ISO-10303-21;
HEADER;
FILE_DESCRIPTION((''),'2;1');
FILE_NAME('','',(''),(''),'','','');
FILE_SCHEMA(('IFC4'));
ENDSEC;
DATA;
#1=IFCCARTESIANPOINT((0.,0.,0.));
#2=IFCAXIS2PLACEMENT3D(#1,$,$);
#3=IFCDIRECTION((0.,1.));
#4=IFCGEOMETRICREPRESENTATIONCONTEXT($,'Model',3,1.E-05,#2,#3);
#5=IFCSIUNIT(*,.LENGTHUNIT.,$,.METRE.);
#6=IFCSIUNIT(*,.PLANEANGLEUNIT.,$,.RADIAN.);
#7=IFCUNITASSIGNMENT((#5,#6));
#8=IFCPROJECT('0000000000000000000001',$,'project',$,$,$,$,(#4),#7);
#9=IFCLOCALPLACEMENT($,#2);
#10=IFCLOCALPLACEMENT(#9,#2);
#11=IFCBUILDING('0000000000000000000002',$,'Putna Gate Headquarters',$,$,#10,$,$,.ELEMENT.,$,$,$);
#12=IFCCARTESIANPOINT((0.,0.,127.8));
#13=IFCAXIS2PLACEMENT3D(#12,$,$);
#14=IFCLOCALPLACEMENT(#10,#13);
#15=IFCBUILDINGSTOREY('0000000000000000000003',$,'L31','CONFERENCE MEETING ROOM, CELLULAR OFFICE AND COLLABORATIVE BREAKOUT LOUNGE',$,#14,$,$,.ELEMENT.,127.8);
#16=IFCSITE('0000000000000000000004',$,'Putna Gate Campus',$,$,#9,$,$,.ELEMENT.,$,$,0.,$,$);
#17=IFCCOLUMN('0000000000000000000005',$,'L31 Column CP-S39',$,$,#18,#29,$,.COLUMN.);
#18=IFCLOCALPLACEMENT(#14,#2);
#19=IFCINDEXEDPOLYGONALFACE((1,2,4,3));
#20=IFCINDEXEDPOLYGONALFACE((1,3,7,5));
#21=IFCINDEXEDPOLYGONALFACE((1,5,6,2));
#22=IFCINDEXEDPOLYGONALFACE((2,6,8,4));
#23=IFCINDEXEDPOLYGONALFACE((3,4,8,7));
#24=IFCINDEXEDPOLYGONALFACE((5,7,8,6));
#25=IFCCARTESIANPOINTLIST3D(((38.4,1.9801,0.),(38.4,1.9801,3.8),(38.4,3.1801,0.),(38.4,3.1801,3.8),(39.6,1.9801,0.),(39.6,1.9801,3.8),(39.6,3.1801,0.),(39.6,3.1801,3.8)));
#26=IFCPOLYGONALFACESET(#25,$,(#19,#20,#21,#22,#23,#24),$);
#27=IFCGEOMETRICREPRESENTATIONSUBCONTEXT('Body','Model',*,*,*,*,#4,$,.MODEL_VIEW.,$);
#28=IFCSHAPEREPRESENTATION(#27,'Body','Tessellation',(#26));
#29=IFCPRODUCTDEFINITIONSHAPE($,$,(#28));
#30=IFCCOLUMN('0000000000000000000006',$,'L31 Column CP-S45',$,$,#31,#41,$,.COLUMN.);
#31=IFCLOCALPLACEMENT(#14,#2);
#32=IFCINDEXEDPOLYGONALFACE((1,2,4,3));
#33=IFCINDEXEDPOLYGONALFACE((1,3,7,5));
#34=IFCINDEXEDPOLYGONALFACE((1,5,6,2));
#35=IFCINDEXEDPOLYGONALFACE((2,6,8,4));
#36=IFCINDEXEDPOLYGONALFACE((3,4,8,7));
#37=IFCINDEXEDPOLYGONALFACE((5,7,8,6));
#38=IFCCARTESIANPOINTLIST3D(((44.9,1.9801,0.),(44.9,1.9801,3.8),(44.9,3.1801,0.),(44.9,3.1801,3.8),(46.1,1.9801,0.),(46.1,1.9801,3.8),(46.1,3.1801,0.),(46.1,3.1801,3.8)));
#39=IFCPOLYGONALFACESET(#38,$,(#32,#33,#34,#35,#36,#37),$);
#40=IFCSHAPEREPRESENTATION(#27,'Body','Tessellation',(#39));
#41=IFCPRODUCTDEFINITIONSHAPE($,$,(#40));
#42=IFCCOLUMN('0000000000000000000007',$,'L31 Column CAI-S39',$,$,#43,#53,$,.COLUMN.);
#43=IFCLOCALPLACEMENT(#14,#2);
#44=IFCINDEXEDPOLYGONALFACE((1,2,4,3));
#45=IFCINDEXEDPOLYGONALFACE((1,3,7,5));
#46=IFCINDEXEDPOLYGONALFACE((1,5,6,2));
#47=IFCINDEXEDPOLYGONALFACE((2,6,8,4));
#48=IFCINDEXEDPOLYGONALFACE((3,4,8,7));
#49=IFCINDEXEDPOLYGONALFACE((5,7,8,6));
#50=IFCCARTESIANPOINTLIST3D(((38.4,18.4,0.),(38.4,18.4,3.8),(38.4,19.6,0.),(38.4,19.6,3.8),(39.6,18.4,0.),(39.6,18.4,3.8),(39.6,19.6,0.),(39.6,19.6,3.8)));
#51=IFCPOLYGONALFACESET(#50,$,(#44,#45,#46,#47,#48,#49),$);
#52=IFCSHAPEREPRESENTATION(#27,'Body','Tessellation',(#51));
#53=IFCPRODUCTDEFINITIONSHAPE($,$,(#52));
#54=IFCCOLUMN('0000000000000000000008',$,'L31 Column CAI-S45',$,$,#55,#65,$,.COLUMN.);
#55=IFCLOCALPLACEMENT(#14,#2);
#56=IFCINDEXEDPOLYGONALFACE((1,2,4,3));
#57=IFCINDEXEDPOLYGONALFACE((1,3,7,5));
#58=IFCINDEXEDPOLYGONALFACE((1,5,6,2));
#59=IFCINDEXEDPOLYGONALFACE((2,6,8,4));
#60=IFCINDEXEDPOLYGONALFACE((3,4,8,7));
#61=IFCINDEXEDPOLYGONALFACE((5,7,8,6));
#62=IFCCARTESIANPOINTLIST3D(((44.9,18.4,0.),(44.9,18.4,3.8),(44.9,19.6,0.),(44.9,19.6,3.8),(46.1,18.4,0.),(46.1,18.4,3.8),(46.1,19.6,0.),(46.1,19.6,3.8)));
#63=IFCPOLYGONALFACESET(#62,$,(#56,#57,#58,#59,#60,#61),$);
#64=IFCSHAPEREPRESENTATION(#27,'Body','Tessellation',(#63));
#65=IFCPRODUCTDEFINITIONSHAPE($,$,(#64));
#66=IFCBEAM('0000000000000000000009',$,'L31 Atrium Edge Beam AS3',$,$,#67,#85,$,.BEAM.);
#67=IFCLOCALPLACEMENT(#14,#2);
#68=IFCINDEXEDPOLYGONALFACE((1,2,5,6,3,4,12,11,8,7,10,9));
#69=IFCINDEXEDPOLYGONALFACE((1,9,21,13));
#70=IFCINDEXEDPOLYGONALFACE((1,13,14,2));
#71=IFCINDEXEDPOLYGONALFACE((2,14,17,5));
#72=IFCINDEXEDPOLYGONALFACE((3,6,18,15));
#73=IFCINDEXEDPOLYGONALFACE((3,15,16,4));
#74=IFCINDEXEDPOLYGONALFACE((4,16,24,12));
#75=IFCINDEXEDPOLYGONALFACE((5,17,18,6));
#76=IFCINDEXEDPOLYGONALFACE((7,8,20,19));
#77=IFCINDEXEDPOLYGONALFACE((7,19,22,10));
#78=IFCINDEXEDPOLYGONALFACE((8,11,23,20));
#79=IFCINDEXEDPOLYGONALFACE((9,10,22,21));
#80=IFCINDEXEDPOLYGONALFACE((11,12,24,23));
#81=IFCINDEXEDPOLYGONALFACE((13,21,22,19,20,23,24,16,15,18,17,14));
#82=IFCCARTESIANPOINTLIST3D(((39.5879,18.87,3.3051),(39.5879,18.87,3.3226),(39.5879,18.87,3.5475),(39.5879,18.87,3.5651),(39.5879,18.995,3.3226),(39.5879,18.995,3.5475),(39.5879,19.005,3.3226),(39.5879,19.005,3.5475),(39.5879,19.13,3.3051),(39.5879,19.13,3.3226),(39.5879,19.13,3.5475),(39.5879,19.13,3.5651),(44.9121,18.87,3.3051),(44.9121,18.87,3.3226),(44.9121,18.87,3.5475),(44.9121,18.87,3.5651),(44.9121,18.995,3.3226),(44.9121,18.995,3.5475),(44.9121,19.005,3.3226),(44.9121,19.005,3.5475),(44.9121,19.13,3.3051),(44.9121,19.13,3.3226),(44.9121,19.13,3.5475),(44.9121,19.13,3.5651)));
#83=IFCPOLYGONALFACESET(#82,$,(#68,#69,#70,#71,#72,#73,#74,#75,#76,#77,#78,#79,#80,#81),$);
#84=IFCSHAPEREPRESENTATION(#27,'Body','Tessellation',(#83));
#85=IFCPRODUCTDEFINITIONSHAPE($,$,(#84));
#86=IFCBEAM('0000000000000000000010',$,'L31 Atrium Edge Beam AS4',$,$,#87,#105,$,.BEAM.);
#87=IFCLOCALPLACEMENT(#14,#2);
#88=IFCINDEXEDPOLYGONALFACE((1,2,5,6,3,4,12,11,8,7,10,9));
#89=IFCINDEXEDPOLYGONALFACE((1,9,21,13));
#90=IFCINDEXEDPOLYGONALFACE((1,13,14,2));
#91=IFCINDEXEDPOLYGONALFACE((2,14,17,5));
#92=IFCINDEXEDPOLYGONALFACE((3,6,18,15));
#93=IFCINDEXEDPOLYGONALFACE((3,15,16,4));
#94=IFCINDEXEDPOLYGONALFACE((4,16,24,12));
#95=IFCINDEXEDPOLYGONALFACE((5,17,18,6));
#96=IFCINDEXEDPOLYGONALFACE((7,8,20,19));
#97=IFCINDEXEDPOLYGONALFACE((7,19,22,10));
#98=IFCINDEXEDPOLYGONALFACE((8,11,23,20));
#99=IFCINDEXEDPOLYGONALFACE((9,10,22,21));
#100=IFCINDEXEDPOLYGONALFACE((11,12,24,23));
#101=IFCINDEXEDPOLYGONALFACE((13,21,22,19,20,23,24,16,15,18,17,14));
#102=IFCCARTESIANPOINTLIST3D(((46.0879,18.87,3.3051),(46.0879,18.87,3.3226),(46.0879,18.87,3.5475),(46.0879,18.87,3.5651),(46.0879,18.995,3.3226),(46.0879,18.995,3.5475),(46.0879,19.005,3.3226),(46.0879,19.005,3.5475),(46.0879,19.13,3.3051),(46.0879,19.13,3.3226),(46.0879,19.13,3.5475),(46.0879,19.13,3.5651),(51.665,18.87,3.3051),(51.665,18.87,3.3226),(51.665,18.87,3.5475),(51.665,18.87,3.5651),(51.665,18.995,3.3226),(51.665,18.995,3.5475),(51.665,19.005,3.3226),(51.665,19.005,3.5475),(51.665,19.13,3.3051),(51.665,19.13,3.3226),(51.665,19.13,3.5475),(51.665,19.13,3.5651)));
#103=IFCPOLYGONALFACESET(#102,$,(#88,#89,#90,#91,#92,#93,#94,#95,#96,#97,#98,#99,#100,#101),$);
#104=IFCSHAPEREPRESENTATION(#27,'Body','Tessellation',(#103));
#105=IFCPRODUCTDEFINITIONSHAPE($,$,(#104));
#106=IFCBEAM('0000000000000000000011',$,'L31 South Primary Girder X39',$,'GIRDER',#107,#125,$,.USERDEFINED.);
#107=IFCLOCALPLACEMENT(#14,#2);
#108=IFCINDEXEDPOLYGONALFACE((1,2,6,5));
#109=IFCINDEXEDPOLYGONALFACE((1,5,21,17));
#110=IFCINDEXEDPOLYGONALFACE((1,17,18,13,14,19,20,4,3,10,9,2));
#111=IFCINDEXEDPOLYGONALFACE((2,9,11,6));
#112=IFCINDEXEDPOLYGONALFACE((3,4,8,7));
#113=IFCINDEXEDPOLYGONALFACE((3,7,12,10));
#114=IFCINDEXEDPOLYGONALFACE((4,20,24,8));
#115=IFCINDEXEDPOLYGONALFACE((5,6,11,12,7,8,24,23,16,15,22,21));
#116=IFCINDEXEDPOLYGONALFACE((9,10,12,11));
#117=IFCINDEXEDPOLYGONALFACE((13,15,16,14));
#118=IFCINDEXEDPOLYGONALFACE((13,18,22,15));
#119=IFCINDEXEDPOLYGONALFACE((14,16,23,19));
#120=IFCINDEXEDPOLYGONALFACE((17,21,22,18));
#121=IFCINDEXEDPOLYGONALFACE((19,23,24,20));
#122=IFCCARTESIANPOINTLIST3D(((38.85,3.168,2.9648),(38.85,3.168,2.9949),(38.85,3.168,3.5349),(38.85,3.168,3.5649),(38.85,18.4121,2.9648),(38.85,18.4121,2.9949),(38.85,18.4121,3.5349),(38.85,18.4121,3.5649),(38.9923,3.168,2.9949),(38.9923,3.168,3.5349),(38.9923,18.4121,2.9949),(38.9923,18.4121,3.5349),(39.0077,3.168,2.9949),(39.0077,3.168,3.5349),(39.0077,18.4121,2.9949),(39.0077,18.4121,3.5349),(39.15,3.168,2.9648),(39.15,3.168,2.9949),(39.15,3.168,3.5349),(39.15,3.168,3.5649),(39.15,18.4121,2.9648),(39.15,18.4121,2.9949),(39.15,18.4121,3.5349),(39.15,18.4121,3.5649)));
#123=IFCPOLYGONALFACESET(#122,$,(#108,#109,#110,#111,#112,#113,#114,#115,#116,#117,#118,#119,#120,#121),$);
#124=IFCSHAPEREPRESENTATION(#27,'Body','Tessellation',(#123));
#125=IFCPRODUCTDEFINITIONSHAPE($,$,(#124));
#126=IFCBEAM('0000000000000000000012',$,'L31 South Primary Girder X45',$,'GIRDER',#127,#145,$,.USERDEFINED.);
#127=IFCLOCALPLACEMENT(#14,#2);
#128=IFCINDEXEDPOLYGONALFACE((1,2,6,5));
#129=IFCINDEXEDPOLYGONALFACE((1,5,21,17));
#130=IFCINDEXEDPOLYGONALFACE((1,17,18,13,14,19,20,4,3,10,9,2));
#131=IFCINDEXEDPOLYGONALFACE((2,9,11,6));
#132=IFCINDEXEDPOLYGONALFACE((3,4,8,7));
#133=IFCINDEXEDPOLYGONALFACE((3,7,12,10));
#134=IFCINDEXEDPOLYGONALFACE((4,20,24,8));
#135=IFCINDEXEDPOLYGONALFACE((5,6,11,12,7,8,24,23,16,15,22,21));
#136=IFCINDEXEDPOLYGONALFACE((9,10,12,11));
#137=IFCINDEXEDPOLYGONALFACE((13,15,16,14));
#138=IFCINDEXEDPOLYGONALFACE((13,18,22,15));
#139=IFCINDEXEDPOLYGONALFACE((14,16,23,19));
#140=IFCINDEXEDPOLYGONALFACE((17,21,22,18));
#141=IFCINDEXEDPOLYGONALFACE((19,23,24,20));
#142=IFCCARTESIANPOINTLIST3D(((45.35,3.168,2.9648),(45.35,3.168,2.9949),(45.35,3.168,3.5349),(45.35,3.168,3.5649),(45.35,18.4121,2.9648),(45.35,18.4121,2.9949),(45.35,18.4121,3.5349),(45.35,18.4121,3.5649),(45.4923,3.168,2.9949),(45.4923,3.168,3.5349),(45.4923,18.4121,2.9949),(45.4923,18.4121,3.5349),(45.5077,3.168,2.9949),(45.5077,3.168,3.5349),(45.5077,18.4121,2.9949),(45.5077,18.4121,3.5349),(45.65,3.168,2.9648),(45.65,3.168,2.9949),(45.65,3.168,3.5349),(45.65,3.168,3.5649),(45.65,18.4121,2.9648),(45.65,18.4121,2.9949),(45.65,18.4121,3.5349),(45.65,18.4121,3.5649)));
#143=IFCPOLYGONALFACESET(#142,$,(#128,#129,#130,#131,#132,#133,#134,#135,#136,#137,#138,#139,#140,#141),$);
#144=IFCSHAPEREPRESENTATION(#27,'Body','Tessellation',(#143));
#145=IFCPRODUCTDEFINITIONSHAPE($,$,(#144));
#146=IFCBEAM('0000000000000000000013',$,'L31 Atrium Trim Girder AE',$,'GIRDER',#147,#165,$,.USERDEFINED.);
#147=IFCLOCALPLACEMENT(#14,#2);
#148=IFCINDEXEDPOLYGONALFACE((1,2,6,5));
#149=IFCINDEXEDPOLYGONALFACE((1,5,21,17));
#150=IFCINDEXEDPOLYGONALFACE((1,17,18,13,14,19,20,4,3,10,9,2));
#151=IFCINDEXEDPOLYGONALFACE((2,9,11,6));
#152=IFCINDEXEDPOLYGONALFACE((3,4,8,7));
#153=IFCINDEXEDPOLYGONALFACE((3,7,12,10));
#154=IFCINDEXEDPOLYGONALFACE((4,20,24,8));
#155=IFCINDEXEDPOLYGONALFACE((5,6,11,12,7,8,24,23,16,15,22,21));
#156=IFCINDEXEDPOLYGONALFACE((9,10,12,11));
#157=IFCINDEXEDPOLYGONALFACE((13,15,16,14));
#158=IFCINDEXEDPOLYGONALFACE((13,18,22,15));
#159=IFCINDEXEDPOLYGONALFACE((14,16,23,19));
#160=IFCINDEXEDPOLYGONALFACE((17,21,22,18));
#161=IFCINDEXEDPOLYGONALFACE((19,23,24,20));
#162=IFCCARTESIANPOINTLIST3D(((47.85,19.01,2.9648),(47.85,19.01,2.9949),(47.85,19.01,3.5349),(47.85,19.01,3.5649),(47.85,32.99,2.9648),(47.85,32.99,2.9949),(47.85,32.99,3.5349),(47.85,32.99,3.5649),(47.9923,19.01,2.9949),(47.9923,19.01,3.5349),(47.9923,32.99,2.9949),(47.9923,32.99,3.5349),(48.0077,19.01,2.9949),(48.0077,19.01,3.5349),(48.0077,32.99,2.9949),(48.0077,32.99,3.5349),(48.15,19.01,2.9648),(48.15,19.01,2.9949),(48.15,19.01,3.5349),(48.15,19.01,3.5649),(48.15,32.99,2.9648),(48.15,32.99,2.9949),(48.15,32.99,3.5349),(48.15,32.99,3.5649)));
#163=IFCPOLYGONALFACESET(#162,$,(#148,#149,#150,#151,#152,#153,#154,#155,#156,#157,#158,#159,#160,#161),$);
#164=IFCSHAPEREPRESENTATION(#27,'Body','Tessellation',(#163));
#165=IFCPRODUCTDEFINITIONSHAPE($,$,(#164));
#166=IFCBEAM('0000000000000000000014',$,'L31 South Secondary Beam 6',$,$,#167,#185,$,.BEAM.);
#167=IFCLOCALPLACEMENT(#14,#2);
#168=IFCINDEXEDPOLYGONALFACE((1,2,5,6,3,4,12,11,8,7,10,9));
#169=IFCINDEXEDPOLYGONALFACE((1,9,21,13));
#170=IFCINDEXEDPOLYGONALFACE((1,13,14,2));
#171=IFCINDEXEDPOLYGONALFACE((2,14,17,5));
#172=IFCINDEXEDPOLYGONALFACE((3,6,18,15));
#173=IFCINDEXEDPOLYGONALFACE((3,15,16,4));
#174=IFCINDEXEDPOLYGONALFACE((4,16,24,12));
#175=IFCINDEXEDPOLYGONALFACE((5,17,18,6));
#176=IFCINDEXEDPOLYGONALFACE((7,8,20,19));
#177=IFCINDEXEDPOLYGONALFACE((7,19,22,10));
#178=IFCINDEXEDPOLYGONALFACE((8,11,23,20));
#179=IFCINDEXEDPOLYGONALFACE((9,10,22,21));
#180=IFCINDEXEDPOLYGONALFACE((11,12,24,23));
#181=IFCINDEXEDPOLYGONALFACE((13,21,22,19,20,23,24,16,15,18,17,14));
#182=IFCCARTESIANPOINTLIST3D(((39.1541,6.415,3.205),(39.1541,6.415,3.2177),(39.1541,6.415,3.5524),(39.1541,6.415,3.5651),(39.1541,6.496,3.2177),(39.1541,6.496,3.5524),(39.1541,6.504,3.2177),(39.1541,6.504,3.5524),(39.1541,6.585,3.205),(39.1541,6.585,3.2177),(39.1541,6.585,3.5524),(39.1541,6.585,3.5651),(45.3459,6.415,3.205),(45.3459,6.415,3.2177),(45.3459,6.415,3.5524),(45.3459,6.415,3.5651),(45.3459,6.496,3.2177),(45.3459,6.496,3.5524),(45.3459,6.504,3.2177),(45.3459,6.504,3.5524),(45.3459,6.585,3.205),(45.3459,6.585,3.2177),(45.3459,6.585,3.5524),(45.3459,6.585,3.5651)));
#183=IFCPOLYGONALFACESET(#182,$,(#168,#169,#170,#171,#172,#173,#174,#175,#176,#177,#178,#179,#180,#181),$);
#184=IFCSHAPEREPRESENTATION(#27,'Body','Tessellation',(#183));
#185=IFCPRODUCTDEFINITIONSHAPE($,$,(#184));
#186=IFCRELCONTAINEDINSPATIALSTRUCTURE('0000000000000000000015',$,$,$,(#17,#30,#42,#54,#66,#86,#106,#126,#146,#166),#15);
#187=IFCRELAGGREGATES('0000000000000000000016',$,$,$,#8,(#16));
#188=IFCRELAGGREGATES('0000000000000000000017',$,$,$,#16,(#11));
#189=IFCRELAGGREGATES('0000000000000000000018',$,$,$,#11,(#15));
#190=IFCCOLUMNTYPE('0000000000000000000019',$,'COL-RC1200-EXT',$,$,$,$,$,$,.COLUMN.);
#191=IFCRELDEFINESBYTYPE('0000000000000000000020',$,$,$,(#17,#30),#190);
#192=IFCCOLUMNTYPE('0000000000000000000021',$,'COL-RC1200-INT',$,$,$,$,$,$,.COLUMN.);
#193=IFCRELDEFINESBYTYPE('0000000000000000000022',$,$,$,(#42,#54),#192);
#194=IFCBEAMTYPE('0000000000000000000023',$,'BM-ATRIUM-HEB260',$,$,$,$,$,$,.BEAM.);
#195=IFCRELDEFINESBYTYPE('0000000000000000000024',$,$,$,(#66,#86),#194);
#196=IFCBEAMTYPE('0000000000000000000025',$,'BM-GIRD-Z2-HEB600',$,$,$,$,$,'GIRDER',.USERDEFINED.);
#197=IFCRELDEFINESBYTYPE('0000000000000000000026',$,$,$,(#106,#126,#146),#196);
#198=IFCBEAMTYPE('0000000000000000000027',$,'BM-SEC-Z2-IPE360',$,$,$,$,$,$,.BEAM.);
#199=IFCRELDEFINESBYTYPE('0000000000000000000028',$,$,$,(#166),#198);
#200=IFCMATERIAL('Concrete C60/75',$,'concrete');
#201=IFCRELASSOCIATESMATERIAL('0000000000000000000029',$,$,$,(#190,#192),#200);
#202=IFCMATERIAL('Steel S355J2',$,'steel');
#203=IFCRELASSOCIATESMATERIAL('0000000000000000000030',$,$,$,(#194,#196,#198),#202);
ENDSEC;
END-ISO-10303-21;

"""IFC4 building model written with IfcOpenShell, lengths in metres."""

from ifc_helpers import new_model, si_unit, direction, frame, origin, origin_2d, place, context, subcontext, project, spatial, rectangle, i_section, extrude, material, material_profile, profile_set, type_object, element, save


model = new_model("IFC4")

# Units and contexts
model_context = context("Model", 3, precision=1e-05, world=origin(), true_north=direction((0.0, 1.0)))
body_context = subcontext(model_context, "Body", "Model", "MODEL_VIEW")
ifc_project = project(units=[si_unit("LENGTHUNIT", "METRE"), si_unit("PLANEANGLEUNIT", "RADIAN")], contexts=[model_context])

# Site, building, storey
site_placement = place(None, origin())
site = spatial("IfcSite", under=ifc_project, at=site_placement, Name="Putna Gate Campus", CompositionType="ELEMENT", RefElevation=0.0)
building_placement = place(site_placement, origin())
building = spatial("IfcBuilding", under=site, at=building_placement, Name="Putna Gate Headquarters", CompositionType="ELEMENT")
storey_placement = place(building_placement, frame((0.0, 0.0, 127.8)))
storey = spatial("IfcBuildingStorey", under=building, at=storey_placement, Name="L31", Description="CONFERENCE MEETING ROOM, CELLULAR OFFICE AND COLLABORATIVE BREAKOUT LOUNGE", CompositionType="ELEMENT", Elevation=127.8)

# Columns
ifc_material_1 = material(Name="Concrete C60/75", Category="concrete")
ifc_material_profile_1 = material_profile(ifc_material_1, rectangle(XDim=1.2, YDim=1.2, at=origin_2d()), Name="Concrete C60/75")
ifc_profile_set_1 = profile_set([ifc_material_profile_1], Name="Concrete C60/75")
column_type_1 = type_object("IfcColumnType", Name="COL-RC1200-EXT", PredefinedType="COLUMN", material=ifc_profile_set_1)
for number, where, z_axis, x_axis, name in (
    (1, (39.0, 2.5801, 0.0), (0.0, 0.0, 1.0), (1.0, 0.0, 0.0), "L31 Column CP-S39"),
    (2, (45.5, 2.5801, 0.0), (0.0, 0.0, 1.0), (1.0, 0.0, 0.0), "L31 Column CP-S45"),
):
    element("IfcColumn", number, at=place(storey_placement, frame(where, z_axis=z_axis, x_axis=x_axis)), inside=storey, type_object=column_type_1, Name=name, PredefinedType="COLUMN", context=body_context, shape_type="SweptSolid", body=[
        extrude(rectangle(XDim=1.2, YDim=1.2, at=origin_2d()), origin(), (0.0, 0.0, 1.0), 3.8),
    ])
ifc_material_profile_2 = material_profile(ifc_material_1, rectangle(XDim=1.2, YDim=1.2, at=origin_2d()), Name="Concrete C60/75")
ifc_profile_set_2 = profile_set([ifc_material_profile_2], Name="Concrete C60/75")
column_type_2 = type_object("IfcColumnType", Name="COL-RC1200-INT", PredefinedType="COLUMN", material=ifc_profile_set_2)
for number, where, z_axis, x_axis, name in (
    (3, (39.0, 19.0, 0.0), (0.0, 0.0, 1.0), (1.0, 0.0, 0.0), "L31 Column CAI-S39"),
    (4, (45.5, 19.0, 0.0), (0.0, 0.0, 1.0), (1.0, 0.0, 0.0), "L31 Column CAI-S45"),
):
    element("IfcColumn", number, at=place(storey_placement, frame(where, z_axis=z_axis, x_axis=x_axis)), inside=storey, type_object=column_type_2, Name=name, PredefinedType="COLUMN", context=body_context, shape_type="SweptSolid", body=[
        extrude(rectangle(XDim=1.2, YDim=1.2, at=origin_2d()), origin(), (0.0, 0.0, 1.0), 3.8),
    ])

# Beams
ifc_material_2 = material(Name="Steel S355J2", Category="steel")
ifc_material_profile_3 = material_profile(ifc_material_2, i_section(OverallWidth=0.26, OverallDepth=0.26, WebThickness=0.01, FlangeThickness=0.0176, at=origin_2d()), Name="Steel S355J2")
ifc_profile_set_3 = profile_set([ifc_material_profile_3], Name="Steel S355J2")
beam_type_1 = type_object("IfcBeamType", Name="BM-ATRIUM-HEB260", PredefinedType="BEAM", material=ifc_profile_set_3)
beam_1_placement = place(storey_placement, frame((39.5879, 19.0, 3.4351), z_axis=(1.0, 0.0, 0.0), x_axis=(0.0, 1.0, 0.0)))
element("IfcBeam", 5, at=beam_1_placement, inside=storey, type_object=beam_type_1, Name="L31 Atrium Edge Beam AS3", PredefinedType="BEAM", context=body_context, shape_type="SweptSolid", body=[
    extrude(i_section(OverallWidth=0.26, OverallDepth=0.26, WebThickness=0.01, FlangeThickness=0.0176, at=origin_2d()), origin(), (0.0, 0.0, 1.0), 5.3242),
])
beam_2_placement = place(storey_placement, frame((46.0879, 19.0, 3.4351), z_axis=(1.0, 0.0, 0.0), x_axis=(0.0, 1.0, 0.0)))
element("IfcBeam", 6, at=beam_2_placement, inside=storey, type_object=beam_type_1, Name="L31 Atrium Edge Beam AS4", PredefinedType="BEAM", context=body_context, shape_type="SweptSolid", body=[
    extrude(i_section(OverallWidth=0.26, OverallDepth=0.26, WebThickness=0.01, FlangeThickness=0.0176, at=origin_2d()), origin(), (0.0, 0.0, 1.0), 5.5771),
])
ifc_material_profile_4 = material_profile(ifc_material_2, i_section(OverallWidth=0.3, OverallDepth=0.6001, WebThickness=0.0154, FlangeThickness=0.03, at=origin_2d()), Name="Steel S355J2")
ifc_profile_set_4 = profile_set([ifc_material_profile_4], Name="Steel S355J2")
beam_type_2 = type_object("IfcBeamType", Name="BM-GIRD-Z2-HEB600", ElementType="GIRDER", PredefinedType="USERDEFINED", material=ifc_profile_set_4)
for number, where, z_axis, x_axis, name in (
    (7, (39.0, 3.168, 3.2649), (0.0, 1.0, 0.0), (-1.0, 0.0, 0.0), "L31 South Primary Girder X39"),
    (8, (45.5, 3.168, 3.2649), (0.0, 1.0, 0.0), (-1.0, 0.0, 0.0), "L31 South Primary Girder X45"),
):
    element("IfcBeam", number, at=place(storey_placement, frame(where, z_axis=z_axis, x_axis=x_axis)), inside=storey, type_object=beam_type_2, Name=name, ObjectType="GIRDER", PredefinedType="USERDEFINED", context=body_context, shape_type="SweptSolid", body=[
        extrude(i_section(OverallWidth=0.3, OverallDepth=0.6001, WebThickness=0.0154, FlangeThickness=0.03, at=origin_2d()), origin(), (0.0, 0.0, 1.0), 15.2441),
    ])
beam_3_placement = place(storey_placement, frame((48.0, 19.01, 3.2649), z_axis=(0.0, 1.0, 0.0), x_axis=(-1.0, 0.0, 0.0)))
element("IfcBeam", 9, at=beam_3_placement, inside=storey, type_object=beam_type_2, Name="L31 Atrium Trim Girder AE", ObjectType="GIRDER", PredefinedType="USERDEFINED", context=body_context, shape_type="SweptSolid", body=[
    extrude(i_section(OverallWidth=0.3, OverallDepth=0.6001, WebThickness=0.0154, FlangeThickness=0.03, at=origin_2d()), origin(), (0.0, 0.0, 1.0), 13.98),
])
ifc_material_profile_5 = material_profile(ifc_material_2, i_section(OverallWidth=0.1699, OverallDepth=0.3601, WebThickness=0.0081, FlangeThickness=0.0127, at=origin_2d()), Name="Steel S355J2")
ifc_profile_set_5 = profile_set([ifc_material_profile_5], Name="Steel S355J2")
beam_type_3 = type_object("IfcBeamType", Name="BM-SEC-Z2-IPE360", PredefinedType="BEAM", material=ifc_profile_set_5)
for number, where, z_axis, x_axis, name in (
    (10, (39.1541, 6.5, 3.385), (1.0, 0.0, 0.0), (0.0, 1.0, 0.0), "L31 South Secondary Beam 6"),
):
    element("IfcBeam", number, at=place(storey_placement, frame(where, z_axis=z_axis, x_axis=x_axis)), inside=storey, type_object=beam_type_3, Name=name, PredefinedType="BEAM", context=body_context, shape_type="SweptSolid", body=[
        extrude(i_section(OverallWidth=0.1699, OverallDepth=0.3601, WebThickness=0.0081, FlangeThickness=0.0127, at=origin_2d()), origin(), (0.0, 0.0, 1.0), 6.1919),
    ])

save(model, "model.ifc")
